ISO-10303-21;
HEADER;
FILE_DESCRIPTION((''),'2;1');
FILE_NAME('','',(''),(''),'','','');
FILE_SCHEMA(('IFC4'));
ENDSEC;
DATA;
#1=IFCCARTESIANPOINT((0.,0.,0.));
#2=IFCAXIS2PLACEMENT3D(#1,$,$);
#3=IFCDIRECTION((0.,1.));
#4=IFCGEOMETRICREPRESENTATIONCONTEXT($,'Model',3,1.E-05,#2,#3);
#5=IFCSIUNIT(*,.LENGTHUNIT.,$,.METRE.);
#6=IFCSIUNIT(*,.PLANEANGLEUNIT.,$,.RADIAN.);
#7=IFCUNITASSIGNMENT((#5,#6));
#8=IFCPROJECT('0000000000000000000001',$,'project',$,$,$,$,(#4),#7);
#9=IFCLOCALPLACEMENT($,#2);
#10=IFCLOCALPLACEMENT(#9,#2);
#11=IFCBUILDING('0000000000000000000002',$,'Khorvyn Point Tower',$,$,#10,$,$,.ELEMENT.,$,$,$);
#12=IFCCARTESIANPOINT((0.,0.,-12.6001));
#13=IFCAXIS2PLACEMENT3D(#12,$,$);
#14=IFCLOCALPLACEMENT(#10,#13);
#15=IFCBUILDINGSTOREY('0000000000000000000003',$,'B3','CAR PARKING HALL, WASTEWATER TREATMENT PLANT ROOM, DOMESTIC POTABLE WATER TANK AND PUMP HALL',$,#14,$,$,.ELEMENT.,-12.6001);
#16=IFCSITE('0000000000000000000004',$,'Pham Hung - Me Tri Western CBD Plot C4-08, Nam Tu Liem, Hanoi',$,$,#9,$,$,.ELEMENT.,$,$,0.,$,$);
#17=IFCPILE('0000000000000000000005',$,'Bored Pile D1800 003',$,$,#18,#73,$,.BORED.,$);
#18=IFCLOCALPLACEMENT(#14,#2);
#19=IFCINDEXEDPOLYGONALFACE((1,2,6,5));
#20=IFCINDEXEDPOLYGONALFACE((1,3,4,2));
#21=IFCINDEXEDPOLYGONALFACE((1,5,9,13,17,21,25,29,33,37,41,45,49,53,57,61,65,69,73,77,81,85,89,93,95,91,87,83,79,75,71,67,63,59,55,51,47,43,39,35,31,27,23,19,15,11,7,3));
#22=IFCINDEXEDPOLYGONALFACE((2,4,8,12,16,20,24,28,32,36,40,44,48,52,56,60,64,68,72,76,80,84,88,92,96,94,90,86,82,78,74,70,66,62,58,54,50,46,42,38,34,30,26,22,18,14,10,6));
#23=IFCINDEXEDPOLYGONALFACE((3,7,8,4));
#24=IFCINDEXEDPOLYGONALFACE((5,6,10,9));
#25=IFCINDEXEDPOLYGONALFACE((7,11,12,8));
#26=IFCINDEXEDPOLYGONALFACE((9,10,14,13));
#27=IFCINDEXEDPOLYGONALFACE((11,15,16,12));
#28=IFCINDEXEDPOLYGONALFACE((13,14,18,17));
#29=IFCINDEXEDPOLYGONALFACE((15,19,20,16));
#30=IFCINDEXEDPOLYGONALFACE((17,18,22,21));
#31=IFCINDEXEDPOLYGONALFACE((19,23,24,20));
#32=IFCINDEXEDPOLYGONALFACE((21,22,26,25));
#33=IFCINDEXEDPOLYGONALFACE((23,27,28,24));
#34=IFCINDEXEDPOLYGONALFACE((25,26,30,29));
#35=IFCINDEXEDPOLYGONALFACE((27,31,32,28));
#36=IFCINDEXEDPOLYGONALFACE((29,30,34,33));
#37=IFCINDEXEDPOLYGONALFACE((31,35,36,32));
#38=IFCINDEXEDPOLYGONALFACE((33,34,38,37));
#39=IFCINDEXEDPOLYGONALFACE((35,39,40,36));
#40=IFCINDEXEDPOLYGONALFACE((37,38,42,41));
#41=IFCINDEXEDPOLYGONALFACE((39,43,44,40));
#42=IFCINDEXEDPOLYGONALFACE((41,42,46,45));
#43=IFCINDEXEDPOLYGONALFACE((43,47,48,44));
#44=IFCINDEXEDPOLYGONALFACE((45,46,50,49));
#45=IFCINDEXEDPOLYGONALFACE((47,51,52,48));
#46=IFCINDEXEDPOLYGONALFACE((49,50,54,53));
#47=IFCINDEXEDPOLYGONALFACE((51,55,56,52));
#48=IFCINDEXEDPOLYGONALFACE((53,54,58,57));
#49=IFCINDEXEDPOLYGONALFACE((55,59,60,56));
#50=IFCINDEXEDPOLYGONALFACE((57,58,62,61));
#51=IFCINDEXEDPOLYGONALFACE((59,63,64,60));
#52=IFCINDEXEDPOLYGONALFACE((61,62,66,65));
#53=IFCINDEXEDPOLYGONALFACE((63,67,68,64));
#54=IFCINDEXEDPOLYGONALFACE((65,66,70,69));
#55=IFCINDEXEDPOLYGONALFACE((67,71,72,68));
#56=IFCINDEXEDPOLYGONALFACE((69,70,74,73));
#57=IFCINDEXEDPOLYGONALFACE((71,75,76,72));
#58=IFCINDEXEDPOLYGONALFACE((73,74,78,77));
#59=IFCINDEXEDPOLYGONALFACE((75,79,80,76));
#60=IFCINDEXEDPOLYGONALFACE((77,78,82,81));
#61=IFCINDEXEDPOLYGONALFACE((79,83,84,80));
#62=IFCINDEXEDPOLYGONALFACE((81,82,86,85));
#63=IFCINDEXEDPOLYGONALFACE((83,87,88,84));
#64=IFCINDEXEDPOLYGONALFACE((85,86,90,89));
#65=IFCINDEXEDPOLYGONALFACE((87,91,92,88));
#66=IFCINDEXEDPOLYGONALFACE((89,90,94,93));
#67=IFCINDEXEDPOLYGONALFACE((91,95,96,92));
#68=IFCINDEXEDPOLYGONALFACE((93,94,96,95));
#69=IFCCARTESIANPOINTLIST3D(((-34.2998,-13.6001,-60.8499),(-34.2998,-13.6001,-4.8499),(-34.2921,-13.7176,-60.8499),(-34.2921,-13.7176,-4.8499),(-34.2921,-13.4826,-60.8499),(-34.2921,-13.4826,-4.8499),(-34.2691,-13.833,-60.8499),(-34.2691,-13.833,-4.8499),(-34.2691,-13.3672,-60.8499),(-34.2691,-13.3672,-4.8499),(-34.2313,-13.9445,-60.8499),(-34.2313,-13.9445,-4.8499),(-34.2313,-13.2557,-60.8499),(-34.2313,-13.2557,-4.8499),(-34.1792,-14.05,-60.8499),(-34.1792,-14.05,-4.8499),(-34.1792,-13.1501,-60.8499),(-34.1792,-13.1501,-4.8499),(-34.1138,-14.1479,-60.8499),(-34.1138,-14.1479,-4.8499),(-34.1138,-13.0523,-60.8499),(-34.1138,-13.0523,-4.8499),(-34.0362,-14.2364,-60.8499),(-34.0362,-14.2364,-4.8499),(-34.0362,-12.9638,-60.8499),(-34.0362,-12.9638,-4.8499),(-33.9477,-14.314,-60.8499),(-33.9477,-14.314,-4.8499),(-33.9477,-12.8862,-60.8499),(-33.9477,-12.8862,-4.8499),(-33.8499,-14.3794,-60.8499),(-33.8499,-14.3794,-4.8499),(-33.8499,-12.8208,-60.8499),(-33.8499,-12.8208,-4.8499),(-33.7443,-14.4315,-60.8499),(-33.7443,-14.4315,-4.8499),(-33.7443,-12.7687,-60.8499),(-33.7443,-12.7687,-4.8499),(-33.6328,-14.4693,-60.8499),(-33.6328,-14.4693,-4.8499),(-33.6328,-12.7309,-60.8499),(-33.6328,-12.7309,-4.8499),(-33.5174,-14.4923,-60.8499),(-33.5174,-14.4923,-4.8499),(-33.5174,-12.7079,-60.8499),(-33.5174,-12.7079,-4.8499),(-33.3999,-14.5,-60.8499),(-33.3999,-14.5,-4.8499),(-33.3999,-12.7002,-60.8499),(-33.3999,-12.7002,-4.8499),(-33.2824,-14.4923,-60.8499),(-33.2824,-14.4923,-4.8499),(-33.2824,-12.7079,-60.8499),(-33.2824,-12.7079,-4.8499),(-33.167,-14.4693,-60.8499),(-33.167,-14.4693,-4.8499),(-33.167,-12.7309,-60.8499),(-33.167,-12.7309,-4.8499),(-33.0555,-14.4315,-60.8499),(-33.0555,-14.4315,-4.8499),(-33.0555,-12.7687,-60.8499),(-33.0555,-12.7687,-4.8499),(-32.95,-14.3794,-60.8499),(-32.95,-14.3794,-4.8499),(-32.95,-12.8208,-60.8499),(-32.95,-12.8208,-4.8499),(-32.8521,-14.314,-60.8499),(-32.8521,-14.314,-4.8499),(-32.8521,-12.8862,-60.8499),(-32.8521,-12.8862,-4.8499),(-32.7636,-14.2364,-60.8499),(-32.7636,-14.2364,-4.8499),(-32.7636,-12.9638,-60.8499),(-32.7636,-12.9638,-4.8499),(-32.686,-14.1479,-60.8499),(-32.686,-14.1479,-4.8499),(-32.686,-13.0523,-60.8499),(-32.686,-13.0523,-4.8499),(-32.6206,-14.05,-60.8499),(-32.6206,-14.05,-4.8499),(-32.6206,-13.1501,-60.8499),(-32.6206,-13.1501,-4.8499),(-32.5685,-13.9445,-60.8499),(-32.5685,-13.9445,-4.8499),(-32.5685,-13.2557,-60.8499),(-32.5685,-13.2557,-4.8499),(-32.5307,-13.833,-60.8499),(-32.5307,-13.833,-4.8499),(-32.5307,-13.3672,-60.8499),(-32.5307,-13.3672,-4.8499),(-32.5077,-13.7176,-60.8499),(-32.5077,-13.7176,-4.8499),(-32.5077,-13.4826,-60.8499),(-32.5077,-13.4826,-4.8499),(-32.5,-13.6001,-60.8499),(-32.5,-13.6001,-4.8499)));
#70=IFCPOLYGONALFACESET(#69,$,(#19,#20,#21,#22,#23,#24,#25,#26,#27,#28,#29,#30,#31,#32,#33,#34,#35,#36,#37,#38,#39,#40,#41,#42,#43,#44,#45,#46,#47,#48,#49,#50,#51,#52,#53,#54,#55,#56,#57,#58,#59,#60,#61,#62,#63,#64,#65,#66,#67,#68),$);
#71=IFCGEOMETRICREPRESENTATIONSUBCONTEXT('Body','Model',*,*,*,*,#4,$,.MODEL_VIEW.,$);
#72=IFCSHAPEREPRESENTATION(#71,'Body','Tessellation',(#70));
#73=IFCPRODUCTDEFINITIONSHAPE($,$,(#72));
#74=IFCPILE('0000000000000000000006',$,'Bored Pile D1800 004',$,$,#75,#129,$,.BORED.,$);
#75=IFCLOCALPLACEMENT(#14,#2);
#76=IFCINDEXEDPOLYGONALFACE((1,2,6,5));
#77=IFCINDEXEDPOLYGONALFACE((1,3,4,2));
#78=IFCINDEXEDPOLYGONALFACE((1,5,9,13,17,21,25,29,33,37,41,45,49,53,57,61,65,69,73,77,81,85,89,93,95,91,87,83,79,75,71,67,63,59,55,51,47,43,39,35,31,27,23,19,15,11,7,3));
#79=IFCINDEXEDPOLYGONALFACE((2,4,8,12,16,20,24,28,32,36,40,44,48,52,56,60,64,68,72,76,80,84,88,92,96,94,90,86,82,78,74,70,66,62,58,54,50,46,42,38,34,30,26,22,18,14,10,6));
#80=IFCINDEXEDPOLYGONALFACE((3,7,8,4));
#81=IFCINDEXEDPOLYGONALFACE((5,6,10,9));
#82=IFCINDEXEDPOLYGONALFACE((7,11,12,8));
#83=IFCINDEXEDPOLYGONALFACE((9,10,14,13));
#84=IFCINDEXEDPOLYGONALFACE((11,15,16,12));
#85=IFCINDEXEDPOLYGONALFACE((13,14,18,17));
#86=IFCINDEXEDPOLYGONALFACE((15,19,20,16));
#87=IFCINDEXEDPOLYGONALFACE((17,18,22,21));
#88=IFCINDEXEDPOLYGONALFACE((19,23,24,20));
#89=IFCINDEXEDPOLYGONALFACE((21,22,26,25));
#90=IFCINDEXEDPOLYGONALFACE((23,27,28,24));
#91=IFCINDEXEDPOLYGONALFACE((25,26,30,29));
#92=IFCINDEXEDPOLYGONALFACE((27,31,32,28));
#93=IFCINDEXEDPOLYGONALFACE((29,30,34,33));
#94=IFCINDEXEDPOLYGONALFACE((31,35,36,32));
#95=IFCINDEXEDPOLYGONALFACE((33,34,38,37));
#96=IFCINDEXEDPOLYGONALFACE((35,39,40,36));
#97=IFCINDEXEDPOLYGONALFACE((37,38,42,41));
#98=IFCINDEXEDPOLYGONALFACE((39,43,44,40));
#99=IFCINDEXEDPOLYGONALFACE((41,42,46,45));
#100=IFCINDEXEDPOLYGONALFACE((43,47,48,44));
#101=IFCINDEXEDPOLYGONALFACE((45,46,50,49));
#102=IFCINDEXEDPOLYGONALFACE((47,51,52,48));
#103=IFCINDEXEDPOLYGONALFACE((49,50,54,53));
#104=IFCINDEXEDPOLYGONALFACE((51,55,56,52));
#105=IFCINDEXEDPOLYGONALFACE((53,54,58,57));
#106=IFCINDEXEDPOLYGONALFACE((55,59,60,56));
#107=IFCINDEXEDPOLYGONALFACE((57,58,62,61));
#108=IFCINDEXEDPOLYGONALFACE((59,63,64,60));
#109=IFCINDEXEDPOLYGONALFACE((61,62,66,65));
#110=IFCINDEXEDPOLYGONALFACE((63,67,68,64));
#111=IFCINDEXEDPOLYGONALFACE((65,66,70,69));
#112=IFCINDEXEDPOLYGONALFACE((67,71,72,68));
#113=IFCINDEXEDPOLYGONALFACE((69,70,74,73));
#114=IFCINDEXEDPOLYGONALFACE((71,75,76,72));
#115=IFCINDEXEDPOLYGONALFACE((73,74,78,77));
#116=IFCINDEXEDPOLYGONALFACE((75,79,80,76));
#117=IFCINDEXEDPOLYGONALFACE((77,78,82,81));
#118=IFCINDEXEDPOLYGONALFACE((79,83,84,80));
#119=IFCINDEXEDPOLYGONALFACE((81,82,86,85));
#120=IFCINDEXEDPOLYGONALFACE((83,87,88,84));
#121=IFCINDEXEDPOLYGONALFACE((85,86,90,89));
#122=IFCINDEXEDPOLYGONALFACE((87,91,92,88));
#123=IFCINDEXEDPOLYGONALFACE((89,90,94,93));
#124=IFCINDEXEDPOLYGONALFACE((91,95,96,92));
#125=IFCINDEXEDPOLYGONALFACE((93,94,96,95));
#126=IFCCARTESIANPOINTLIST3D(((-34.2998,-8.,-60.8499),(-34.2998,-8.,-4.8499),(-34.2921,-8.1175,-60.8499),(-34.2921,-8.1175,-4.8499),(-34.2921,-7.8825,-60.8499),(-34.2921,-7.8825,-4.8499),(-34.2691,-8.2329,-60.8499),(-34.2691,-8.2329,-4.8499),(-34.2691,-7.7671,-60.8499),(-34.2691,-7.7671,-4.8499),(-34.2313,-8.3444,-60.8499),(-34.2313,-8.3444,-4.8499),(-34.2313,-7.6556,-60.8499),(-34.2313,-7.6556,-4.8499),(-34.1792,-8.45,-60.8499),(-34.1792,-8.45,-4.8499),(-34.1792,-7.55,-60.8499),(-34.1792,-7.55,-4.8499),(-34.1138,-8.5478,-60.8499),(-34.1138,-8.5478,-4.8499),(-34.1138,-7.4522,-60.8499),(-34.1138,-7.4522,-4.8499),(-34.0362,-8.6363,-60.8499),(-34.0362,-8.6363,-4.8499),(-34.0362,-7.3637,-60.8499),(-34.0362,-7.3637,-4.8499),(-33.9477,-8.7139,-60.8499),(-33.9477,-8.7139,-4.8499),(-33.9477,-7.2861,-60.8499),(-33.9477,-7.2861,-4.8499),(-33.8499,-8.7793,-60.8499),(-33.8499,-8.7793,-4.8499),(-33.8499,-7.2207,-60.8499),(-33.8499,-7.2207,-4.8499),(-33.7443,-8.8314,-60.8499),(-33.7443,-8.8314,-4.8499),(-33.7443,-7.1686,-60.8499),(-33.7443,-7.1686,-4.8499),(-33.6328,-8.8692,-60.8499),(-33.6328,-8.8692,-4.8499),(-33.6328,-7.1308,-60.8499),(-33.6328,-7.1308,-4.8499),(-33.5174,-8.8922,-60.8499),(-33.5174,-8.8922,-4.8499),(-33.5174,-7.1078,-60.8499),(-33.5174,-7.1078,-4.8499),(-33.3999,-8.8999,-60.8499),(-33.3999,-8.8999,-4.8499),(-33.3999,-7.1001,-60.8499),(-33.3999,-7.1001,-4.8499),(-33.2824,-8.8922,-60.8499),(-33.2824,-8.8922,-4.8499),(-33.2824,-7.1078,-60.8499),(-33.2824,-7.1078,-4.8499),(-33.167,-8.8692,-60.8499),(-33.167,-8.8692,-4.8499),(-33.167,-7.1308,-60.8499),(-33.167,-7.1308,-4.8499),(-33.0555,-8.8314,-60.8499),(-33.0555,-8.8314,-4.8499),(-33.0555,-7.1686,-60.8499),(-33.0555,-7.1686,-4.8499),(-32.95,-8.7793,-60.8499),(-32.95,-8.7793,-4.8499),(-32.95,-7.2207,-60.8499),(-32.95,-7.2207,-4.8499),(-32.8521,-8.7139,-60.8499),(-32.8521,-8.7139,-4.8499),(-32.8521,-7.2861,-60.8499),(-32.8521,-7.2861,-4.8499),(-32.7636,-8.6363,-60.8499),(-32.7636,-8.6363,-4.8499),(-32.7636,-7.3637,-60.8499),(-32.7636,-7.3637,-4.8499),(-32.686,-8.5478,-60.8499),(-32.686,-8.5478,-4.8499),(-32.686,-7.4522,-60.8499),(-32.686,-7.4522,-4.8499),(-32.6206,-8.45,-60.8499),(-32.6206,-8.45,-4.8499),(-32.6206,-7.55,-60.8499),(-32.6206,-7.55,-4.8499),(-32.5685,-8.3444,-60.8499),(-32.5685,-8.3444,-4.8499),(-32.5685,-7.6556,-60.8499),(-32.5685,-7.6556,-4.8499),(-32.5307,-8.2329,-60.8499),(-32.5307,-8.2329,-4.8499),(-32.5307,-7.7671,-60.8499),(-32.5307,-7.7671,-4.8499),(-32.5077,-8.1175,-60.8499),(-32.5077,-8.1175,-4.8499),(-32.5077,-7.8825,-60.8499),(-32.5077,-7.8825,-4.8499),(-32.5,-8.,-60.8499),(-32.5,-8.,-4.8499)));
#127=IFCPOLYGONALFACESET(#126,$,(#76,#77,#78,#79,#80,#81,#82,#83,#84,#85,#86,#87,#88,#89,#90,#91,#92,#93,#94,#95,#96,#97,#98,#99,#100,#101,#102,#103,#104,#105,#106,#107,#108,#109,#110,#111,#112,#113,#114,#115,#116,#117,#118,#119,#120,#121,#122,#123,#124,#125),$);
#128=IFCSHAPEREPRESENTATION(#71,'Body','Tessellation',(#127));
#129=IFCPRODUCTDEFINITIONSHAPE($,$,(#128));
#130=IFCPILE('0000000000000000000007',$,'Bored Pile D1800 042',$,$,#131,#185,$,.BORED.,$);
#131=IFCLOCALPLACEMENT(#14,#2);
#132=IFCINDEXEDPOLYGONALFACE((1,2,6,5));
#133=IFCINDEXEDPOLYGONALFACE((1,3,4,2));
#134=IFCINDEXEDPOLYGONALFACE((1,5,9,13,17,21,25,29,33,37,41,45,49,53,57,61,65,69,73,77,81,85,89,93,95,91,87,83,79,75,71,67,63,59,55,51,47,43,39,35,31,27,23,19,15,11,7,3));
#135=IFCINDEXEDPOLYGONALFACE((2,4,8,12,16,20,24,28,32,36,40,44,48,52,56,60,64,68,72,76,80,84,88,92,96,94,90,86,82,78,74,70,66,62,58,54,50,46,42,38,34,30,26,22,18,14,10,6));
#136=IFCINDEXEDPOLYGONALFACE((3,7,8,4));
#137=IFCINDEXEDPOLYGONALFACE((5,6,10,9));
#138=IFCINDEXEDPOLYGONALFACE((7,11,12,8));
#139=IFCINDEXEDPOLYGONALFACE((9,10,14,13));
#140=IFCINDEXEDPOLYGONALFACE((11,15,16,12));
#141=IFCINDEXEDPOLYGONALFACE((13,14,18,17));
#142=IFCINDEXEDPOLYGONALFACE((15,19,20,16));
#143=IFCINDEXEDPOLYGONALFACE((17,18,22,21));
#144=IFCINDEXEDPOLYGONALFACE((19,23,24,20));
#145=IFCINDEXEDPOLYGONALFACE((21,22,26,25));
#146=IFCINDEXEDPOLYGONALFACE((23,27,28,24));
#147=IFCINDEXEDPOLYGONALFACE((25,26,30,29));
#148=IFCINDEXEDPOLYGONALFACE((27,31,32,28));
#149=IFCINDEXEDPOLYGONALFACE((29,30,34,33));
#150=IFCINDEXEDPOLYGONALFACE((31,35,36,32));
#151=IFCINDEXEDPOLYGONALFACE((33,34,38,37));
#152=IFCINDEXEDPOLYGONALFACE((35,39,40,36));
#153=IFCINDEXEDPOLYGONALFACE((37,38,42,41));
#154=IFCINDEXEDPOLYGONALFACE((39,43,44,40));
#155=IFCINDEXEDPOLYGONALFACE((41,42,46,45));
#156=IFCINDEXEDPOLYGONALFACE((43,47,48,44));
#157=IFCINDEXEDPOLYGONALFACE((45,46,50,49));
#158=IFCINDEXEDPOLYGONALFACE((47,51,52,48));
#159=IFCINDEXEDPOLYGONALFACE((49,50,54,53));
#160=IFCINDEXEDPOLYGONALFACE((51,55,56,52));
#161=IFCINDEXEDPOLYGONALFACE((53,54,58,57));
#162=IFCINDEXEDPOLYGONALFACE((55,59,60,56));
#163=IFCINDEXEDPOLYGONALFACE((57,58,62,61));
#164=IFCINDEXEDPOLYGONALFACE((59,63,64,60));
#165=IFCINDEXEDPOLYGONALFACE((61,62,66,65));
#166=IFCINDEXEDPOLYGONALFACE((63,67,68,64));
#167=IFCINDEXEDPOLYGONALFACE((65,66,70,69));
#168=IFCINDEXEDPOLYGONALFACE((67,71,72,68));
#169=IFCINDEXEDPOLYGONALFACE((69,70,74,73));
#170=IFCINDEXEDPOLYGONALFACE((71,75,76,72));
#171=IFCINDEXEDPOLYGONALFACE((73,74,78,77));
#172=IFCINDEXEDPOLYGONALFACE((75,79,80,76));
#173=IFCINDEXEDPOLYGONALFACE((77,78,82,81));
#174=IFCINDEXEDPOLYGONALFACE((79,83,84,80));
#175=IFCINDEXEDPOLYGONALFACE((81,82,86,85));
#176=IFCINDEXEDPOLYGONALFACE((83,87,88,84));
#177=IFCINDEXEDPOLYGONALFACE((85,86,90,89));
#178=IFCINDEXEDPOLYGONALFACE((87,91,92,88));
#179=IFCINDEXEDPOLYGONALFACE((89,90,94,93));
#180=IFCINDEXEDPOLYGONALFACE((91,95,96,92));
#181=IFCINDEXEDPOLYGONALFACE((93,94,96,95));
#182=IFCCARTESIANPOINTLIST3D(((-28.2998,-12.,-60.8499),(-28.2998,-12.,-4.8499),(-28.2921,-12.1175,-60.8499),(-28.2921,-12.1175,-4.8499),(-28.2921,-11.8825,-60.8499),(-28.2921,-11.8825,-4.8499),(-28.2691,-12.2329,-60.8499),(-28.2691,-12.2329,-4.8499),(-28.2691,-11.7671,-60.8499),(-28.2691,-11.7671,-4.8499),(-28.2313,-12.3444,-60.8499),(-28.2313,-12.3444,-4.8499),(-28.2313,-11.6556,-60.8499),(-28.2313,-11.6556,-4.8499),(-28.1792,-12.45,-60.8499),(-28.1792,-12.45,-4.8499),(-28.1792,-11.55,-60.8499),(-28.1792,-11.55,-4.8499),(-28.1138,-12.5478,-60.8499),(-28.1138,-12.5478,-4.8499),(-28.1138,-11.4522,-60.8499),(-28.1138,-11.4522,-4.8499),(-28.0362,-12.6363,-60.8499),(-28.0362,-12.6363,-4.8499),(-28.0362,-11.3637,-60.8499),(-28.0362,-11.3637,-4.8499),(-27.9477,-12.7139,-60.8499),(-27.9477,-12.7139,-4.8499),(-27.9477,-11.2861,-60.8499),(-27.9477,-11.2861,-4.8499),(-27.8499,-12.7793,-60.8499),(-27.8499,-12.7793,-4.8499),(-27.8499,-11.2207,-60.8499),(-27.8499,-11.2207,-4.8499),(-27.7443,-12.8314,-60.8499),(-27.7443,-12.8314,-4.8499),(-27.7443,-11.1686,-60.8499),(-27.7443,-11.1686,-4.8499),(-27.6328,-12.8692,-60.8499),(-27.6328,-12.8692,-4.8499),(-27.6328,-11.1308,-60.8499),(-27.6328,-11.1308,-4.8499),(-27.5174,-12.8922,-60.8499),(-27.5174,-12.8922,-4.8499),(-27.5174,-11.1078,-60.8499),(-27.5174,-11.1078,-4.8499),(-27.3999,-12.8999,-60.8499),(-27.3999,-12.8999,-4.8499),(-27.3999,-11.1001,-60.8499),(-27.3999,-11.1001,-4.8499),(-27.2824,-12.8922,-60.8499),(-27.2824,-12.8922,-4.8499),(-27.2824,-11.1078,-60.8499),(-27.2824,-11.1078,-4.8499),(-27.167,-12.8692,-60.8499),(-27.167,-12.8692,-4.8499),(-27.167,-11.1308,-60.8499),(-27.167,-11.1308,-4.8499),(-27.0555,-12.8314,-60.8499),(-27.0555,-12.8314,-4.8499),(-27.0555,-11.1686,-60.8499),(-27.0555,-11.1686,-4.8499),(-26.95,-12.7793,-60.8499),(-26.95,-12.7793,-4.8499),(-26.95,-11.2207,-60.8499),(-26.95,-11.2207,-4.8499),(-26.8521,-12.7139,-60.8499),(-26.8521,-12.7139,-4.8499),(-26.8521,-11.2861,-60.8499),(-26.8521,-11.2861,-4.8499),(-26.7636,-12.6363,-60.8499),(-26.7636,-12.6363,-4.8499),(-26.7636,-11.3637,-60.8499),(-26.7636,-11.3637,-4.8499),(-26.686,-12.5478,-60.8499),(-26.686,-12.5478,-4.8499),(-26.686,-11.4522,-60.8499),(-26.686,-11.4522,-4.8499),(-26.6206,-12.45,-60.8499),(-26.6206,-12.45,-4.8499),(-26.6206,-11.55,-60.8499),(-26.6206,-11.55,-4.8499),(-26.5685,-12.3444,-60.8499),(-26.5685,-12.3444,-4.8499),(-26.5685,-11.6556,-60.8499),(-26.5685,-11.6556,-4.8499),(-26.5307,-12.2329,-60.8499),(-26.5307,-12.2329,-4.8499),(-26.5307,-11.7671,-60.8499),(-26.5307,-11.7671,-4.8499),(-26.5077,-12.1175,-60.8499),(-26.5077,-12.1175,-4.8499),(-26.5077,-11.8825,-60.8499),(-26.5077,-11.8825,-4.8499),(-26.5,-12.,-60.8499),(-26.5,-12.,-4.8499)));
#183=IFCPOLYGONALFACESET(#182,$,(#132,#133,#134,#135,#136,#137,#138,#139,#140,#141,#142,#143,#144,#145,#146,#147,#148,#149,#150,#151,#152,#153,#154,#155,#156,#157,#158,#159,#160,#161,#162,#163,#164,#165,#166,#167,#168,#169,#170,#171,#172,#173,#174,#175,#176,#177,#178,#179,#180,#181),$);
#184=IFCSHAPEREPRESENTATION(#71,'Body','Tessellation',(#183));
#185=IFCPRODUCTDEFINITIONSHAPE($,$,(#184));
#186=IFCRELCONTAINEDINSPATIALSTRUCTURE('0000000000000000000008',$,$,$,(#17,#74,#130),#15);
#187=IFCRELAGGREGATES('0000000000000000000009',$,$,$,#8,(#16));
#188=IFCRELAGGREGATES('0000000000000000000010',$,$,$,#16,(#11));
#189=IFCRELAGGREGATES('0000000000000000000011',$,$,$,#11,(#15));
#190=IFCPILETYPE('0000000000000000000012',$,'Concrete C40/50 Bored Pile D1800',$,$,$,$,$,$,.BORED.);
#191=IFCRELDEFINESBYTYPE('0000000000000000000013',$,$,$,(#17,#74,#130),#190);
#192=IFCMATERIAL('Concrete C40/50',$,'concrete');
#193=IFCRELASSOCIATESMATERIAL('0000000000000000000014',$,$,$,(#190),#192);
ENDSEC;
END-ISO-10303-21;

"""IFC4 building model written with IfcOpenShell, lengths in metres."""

from ifc_helpers import new_model, si_unit, direction, frame, origin, origin_2d, place, context, subcontext, project, spatial, circle, extrude, material, material_profile, profile_set, type_object, element, save


model = new_model("IFC4")

# Units and contexts
model_context = context("Model", 3, precision=1e-05, world=origin(), true_north=direction((0.0, 1.0)))
body_context = subcontext(model_context, "Body", "Model", "MODEL_VIEW")
ifc_project = project(units=[si_unit("LENGTHUNIT", "METRE"), si_unit("PLANEANGLEUNIT", "RADIAN")], contexts=[model_context])

# Site, building, storey
site_placement = place(None, origin())
site = spatial("IfcSite", under=ifc_project, at=site_placement, Name="Pham Hung - Me Tri Western CBD Plot C4-08, Nam Tu Liem, Hanoi", CompositionType="ELEMENT", RefElevation=0.0)
building_placement = place(site_placement, origin())
building = spatial("IfcBuilding", under=site, at=building_placement, Name="Khorvyn Point Tower", CompositionType="ELEMENT")
storey_placement = place(building_placement, frame((0.0, 0.0, -12.6001)))
storey = spatial("IfcBuildingStorey", under=building, at=storey_placement, Name="B3", Description="CAR PARKING HALL, WASTEWATER TREATMENT PLANT ROOM, DOMESTIC POTABLE WATER TANK AND PUMP HALL", CompositionType="ELEMENT", Elevation=-12.6001)

# Piles
ifc_material_1 = material(Name="Concrete C40/50", Category="concrete")
ifc_material_profile_1 = material_profile(ifc_material_1, circle(Radius=0.8999, at=origin_2d()))
ifc_profile_set_1 = profile_set([ifc_material_profile_1], Name="Concrete C40/50 PILE-D1800")
pile_type_1 = type_object("IfcPileType", Name="Concrete C40/50 Bored Pile D1800", PredefinedType="BORED", material=ifc_profile_set_1)
for number, where, z_axis, x_axis, name in (
    (1, (-33.3999, -13.6001, -4.8499), (0.0, 0.0, -1.0), (1.0, 0.0, 0.0), "Bored Pile D1800 003"),
    (2, (-33.3999, -8.0, -4.8499), (0.0, 0.0, -1.0), (1.0, 0.0, 0.0), "Bored Pile D1800 004"),
    (3, (-27.3999, -12.0, -4.8499), (0.0, 0.0, -1.0), (1.0, 0.0, 0.0), "Bored Pile D1800 042"),
):
    element("IfcPile", number, at=place(storey_placement, frame(where, z_axis=z_axis, x_axis=x_axis)), inside=storey, type_object=pile_type_1, Name=name, PredefinedType="BORED", context=body_context, shape_type="SweptSolid", body=[
        extrude(circle(Radius=0.8999, at=origin_2d()), origin(), (0.0, 0.0, 1.0), 56.0),
    ])

save(model, "model.ifc")
